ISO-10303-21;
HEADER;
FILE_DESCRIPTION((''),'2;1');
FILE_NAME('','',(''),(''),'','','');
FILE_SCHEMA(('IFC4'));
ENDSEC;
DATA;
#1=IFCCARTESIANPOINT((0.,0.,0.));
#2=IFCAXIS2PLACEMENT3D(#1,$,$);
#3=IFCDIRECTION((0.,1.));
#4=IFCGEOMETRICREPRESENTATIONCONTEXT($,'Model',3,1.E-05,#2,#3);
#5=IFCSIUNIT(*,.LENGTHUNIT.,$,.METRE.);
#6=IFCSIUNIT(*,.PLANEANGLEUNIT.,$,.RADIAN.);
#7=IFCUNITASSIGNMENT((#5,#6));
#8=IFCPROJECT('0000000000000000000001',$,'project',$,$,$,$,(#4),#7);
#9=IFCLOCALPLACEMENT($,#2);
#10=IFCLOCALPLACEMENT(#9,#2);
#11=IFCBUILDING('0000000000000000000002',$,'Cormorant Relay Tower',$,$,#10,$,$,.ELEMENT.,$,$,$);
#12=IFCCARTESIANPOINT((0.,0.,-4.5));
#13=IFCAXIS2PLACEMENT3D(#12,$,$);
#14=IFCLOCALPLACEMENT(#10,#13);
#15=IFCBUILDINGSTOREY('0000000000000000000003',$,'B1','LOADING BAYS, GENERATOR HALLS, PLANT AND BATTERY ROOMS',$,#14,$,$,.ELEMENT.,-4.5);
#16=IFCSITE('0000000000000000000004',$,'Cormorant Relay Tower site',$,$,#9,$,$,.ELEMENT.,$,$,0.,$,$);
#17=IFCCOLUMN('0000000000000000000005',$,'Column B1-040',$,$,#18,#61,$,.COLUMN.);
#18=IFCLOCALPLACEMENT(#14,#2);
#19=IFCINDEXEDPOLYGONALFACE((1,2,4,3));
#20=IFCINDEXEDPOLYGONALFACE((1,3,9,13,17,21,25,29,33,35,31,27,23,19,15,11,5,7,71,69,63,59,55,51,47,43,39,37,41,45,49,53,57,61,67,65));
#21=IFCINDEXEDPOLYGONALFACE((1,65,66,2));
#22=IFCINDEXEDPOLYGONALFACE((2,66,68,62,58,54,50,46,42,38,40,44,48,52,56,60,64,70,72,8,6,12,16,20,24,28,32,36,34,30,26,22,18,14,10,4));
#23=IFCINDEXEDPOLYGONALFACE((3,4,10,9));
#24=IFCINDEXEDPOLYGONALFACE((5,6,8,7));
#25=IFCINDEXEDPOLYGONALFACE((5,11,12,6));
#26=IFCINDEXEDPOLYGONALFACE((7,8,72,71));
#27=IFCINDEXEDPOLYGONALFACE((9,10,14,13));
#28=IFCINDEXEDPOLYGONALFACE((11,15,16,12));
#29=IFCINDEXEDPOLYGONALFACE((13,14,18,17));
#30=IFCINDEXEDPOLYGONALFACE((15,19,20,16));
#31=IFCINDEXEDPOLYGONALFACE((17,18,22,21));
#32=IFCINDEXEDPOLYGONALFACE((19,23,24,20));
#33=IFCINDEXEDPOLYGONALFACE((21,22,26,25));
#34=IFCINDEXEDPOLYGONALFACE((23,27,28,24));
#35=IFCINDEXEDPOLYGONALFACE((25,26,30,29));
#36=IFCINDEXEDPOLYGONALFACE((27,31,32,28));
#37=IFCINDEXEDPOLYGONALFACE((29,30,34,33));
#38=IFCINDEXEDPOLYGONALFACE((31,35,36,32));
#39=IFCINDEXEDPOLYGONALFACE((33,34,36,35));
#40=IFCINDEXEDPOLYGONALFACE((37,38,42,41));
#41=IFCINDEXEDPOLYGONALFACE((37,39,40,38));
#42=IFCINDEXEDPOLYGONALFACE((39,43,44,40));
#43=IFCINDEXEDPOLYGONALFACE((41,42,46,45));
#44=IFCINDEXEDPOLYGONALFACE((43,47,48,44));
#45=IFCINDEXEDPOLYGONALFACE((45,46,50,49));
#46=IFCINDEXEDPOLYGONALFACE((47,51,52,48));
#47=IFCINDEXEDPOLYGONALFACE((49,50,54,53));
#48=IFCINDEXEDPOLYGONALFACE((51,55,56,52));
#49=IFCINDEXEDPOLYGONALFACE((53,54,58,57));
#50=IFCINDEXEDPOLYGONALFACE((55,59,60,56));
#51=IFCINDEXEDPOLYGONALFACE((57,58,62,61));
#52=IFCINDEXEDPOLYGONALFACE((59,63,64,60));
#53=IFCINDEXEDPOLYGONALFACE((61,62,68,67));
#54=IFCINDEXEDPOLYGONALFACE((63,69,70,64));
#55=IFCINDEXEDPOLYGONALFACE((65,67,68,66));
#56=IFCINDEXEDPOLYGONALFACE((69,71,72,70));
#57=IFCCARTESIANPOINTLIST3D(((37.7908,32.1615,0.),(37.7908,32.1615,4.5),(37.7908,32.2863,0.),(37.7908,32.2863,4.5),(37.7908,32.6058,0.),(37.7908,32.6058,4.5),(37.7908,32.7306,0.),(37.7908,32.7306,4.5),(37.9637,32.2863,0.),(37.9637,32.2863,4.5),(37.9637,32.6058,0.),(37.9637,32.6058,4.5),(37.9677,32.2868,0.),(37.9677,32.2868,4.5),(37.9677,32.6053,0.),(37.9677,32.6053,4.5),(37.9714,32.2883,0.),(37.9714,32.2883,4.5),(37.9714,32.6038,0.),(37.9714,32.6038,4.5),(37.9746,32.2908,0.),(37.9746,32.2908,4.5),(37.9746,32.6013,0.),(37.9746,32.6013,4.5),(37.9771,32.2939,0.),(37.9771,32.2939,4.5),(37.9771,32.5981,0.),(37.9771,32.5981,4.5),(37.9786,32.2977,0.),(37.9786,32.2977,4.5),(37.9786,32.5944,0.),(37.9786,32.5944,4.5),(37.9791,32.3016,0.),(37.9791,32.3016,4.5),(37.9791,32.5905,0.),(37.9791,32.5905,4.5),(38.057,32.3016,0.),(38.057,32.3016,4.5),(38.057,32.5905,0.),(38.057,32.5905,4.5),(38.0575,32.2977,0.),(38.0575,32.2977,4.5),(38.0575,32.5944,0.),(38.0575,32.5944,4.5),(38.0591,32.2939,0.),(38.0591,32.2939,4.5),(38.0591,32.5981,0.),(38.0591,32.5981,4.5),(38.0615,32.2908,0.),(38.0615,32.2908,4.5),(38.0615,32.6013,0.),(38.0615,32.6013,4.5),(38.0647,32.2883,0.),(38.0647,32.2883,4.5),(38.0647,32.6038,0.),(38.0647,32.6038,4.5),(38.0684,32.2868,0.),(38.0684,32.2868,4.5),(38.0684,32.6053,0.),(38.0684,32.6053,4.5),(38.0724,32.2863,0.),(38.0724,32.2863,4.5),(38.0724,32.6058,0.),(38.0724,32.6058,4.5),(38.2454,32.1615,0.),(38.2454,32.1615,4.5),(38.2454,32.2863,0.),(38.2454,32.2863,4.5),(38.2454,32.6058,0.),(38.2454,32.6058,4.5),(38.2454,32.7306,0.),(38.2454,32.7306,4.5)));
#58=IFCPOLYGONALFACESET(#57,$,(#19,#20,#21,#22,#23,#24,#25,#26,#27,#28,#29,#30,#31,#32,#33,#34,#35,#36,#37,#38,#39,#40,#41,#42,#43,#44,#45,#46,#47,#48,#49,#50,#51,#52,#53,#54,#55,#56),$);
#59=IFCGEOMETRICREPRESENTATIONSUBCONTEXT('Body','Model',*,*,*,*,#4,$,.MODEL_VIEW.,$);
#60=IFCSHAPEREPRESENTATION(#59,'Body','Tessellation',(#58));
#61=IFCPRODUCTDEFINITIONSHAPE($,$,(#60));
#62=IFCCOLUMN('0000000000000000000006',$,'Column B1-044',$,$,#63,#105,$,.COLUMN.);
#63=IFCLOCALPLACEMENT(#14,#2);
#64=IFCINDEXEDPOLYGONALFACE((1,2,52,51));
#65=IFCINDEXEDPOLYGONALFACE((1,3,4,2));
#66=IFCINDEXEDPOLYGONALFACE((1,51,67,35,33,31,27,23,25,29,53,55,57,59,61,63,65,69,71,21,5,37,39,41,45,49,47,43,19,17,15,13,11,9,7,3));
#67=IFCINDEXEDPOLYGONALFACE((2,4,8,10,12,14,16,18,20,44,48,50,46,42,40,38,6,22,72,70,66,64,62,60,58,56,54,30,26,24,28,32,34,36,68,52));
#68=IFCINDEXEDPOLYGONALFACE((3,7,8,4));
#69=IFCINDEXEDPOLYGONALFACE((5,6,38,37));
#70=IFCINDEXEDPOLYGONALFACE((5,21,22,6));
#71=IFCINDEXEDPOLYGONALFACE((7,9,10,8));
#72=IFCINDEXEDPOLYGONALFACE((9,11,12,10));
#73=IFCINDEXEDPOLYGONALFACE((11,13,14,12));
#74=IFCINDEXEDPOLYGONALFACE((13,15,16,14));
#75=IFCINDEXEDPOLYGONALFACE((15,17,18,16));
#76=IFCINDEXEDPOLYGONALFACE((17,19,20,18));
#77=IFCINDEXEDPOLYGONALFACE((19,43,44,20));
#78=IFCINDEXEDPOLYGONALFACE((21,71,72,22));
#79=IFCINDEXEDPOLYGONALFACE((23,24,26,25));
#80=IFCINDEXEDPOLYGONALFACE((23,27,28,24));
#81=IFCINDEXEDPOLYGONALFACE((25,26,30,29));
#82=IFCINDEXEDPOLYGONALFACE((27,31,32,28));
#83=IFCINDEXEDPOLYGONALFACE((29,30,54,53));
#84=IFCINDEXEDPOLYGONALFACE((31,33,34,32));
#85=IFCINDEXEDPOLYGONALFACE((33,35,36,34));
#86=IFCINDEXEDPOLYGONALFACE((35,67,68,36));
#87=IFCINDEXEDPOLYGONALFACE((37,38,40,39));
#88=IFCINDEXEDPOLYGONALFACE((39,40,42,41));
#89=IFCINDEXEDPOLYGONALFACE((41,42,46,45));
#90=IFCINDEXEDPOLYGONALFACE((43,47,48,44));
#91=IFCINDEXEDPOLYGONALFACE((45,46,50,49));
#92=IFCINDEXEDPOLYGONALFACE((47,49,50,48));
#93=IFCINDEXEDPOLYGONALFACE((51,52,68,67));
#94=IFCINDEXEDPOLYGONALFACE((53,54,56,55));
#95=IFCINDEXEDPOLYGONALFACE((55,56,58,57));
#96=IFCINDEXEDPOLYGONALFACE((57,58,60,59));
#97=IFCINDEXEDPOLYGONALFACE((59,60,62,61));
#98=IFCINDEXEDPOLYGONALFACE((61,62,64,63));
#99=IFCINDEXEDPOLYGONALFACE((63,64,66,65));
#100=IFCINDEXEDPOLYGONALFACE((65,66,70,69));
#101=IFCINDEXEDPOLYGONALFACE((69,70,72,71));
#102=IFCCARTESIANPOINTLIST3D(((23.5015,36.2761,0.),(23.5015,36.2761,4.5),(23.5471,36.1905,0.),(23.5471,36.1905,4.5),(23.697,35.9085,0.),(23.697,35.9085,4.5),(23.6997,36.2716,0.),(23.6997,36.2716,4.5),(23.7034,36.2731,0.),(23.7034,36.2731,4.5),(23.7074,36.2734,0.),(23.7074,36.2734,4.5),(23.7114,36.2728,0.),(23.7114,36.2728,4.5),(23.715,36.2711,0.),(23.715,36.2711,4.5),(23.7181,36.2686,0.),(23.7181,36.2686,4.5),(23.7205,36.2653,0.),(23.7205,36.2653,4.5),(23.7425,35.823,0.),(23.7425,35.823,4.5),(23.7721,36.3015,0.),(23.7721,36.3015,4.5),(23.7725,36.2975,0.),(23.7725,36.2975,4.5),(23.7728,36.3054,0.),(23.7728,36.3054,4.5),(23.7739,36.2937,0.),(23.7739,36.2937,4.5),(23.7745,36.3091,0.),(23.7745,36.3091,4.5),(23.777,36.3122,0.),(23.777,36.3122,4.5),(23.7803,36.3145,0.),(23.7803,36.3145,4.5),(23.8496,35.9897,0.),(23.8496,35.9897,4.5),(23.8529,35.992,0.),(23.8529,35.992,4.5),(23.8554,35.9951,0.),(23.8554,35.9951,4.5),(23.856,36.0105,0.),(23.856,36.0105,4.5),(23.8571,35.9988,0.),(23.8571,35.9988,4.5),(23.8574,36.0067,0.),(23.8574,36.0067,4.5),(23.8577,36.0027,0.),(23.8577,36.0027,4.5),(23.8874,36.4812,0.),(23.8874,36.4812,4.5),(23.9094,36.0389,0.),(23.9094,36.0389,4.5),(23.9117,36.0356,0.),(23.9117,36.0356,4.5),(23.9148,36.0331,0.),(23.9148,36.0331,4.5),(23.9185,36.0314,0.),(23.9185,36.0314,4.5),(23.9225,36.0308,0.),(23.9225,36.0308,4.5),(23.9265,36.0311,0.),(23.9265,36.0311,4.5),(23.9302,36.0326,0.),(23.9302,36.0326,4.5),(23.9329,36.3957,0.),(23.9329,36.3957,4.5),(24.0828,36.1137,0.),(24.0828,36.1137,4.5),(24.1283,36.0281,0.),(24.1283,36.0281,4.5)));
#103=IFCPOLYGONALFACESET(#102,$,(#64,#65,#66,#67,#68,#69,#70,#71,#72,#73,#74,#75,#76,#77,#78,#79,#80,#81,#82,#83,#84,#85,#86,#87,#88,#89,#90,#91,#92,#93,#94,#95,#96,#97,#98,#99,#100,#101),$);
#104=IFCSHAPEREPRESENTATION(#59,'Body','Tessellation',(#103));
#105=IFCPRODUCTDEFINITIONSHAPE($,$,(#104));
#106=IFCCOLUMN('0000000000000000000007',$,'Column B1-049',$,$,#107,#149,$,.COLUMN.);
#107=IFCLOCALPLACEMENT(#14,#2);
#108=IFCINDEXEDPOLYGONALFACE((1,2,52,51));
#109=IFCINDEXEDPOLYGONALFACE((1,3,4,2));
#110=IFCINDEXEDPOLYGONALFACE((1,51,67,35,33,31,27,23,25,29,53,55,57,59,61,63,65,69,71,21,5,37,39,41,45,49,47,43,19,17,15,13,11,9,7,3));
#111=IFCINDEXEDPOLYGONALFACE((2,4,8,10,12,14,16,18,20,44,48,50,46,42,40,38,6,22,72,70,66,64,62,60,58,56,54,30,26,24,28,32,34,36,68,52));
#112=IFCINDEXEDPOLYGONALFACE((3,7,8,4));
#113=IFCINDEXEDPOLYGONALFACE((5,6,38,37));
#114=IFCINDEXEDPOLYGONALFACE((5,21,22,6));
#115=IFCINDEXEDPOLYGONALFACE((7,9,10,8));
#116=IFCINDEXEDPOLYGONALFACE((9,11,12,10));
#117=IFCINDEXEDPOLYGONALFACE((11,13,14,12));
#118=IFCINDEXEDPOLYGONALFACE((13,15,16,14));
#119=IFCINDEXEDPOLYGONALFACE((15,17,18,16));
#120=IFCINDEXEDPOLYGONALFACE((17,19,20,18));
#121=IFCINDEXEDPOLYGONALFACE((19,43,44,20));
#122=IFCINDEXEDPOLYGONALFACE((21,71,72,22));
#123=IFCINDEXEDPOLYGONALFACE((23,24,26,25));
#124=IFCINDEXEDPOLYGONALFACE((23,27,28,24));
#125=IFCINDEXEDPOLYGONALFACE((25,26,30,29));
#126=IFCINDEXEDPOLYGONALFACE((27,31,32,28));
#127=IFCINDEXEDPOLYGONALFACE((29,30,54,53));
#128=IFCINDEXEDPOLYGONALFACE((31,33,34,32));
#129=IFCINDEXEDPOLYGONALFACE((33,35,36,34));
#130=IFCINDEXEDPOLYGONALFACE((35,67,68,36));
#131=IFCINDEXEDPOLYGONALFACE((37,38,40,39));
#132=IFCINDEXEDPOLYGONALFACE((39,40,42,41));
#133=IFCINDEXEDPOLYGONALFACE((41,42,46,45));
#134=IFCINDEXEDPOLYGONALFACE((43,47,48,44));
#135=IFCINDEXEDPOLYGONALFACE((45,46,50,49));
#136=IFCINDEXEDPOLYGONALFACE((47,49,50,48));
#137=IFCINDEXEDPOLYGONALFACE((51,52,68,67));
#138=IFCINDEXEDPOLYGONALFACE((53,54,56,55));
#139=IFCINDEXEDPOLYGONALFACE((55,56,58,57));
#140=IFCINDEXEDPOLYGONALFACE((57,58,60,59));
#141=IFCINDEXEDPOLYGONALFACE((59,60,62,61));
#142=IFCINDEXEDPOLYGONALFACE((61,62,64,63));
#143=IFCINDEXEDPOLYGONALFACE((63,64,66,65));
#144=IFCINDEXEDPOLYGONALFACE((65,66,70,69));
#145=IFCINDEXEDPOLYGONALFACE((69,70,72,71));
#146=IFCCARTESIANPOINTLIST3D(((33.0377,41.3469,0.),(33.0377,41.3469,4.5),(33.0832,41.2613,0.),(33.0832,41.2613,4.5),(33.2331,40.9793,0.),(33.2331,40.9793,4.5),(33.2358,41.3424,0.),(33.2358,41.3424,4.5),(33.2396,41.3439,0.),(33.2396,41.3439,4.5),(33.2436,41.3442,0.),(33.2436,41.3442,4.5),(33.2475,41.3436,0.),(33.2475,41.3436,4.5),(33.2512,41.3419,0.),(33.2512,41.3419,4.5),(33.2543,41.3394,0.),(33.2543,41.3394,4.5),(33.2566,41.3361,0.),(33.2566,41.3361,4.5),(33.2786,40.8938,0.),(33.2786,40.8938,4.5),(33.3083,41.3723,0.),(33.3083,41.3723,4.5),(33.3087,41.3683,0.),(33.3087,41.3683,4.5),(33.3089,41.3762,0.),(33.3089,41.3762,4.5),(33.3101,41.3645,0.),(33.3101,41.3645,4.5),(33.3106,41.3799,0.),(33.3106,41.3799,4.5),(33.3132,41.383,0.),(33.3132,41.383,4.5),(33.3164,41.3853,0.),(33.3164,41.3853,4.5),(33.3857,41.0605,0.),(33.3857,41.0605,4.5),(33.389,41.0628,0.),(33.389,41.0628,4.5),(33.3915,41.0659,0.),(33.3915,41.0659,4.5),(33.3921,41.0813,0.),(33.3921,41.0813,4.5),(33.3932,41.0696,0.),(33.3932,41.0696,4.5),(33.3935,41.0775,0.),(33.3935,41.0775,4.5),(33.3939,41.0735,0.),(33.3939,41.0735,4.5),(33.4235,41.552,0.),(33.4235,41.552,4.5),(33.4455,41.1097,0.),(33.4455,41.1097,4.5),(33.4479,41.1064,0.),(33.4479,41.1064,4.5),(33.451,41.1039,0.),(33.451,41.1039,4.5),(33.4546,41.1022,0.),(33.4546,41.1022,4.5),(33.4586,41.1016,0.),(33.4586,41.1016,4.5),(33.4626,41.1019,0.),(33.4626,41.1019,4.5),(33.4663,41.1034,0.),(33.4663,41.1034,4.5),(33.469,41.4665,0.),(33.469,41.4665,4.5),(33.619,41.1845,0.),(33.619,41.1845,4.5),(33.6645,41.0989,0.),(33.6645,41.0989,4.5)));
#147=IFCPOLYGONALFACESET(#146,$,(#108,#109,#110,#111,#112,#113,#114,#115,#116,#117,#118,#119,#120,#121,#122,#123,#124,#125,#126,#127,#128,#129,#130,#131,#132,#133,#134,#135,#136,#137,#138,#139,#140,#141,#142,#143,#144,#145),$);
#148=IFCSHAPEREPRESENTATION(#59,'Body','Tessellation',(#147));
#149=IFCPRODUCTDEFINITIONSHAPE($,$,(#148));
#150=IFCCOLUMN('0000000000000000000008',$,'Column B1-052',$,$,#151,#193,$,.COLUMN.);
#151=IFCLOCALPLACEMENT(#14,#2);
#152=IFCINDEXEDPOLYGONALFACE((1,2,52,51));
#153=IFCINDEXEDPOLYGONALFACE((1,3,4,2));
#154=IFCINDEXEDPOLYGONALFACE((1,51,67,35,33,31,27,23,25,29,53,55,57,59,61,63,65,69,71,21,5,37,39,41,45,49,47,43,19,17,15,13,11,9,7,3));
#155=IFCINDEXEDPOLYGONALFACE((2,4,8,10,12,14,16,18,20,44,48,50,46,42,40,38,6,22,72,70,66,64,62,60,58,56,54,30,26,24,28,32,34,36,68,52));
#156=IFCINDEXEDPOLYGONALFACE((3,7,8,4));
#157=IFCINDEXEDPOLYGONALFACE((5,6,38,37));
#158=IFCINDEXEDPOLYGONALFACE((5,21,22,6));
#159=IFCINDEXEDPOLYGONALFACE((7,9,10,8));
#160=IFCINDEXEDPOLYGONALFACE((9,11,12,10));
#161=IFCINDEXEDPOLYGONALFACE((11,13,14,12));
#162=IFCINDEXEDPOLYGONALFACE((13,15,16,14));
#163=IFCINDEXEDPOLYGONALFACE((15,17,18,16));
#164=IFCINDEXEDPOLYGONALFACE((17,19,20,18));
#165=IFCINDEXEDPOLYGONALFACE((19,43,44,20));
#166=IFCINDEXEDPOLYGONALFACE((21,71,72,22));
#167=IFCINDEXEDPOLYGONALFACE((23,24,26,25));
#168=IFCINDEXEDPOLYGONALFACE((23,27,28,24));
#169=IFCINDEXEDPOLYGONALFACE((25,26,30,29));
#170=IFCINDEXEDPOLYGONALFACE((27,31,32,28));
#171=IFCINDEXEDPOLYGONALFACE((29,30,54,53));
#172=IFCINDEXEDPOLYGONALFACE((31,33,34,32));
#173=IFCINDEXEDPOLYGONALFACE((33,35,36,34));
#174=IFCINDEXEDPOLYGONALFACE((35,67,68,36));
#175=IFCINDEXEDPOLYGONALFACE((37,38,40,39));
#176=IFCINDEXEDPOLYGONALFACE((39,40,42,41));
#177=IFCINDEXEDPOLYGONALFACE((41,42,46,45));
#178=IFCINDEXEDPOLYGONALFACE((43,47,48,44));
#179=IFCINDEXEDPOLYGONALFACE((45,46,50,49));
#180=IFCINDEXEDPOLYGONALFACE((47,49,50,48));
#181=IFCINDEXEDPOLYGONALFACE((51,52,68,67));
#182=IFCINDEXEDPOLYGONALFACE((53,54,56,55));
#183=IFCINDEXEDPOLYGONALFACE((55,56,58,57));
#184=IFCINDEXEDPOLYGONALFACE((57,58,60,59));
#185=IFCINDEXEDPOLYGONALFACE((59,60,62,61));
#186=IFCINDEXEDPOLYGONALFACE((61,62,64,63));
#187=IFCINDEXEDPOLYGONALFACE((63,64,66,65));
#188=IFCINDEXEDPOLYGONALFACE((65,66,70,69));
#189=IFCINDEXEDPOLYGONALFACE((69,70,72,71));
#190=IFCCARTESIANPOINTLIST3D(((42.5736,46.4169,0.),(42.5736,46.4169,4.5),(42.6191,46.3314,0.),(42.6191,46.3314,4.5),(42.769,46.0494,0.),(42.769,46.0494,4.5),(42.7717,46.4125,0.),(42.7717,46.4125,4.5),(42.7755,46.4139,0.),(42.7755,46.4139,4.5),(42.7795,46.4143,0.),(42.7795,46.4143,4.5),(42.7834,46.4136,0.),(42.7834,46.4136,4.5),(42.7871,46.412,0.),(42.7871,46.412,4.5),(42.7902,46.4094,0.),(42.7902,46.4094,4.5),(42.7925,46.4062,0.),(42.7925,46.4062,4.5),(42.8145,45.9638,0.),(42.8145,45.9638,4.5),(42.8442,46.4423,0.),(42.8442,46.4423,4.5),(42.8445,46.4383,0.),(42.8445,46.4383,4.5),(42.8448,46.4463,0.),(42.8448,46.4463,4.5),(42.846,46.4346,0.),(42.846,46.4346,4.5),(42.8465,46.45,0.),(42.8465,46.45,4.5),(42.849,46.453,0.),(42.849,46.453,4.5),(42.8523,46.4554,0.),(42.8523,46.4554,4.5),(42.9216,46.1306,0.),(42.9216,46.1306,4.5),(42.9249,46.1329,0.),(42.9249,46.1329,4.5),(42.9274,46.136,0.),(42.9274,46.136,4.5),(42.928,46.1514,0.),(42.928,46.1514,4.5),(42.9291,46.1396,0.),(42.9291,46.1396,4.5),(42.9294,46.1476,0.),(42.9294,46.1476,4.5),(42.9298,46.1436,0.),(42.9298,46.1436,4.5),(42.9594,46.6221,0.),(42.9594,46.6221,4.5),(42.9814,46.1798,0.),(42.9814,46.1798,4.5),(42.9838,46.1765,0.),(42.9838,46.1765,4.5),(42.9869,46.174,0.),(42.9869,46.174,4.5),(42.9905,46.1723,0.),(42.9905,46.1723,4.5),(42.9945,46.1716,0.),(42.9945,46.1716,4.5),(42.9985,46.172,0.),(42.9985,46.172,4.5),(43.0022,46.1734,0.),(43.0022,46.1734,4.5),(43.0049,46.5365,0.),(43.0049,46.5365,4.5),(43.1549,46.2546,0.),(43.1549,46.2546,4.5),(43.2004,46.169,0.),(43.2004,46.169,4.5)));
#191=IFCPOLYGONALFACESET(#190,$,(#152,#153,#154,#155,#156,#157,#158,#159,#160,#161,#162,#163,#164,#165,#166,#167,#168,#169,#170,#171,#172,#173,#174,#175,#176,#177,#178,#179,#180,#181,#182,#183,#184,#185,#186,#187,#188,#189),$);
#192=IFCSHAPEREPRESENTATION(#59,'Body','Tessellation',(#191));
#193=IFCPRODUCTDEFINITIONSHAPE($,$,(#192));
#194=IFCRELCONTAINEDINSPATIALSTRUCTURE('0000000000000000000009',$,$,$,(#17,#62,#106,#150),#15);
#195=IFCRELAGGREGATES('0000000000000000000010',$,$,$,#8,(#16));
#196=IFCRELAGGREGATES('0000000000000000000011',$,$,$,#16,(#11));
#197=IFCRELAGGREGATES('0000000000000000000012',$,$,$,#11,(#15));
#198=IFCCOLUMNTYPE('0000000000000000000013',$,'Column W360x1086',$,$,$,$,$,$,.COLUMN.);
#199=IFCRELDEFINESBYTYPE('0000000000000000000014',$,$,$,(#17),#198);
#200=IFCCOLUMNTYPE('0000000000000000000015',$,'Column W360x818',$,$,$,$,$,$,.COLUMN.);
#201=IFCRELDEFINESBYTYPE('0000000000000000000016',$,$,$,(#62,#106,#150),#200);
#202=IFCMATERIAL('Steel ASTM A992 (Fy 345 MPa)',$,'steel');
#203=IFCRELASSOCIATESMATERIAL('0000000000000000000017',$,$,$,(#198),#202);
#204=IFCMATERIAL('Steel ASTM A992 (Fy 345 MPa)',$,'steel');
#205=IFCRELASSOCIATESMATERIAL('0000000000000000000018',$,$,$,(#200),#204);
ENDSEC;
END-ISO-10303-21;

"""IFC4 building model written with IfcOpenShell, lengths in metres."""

from ifc_helpers import new_model, si_unit, direction, frame, origin, origin_2d, place, context, subcontext, project, spatial, i_section, extrude, material, material_profile, profile_set, type_object, element, save


model = new_model("IFC4")

# Units and contexts
model_context = context("Model", 3, precision=1e-05, world=origin(), true_north=direction((0.0, 1.0)))
body_context = subcontext(model_context, "Body", "Model", "MODEL_VIEW")
ifc_project = project(units=[si_unit("LENGTHUNIT", "METRE"), si_unit("PLANEANGLEUNIT", "RADIAN")], contexts=[model_context])

# Site, building, storey
site_placement = place(None, origin())
site = spatial("IfcSite", under=ifc_project, at=site_placement, Name="Cormorant Relay Tower site", CompositionType="ELEMENT", RefElevation=0.0)
building_placement = place(site_placement, origin())
building = spatial("IfcBuilding", under=site, at=building_placement, Name="Cormorant Relay Tower", CompositionType="ELEMENT")
storey_placement = place(building_placement, frame((0.0, 0.0, -4.5)))
storey = spatial("IfcBuildingStorey", under=building, at=storey_placement, Name="B1", Description="LOADING BAYS, GENERATOR HALLS, PLANT AND BATTERY ROOMS", CompositionType="ELEMENT", Elevation=-4.5)

# Columns
ifc_material_1 = material(Name="Steel ASTM A992 (Fy 345 MPa)", Category="steel")
ifc_material_profile_1 = material_profile(ifc_material_1, i_section(OverallWidth=0.4546, OverallDepth=0.5691, WebThickness=0.0779, FlangeThickness=0.1248, FilletRadius=0.0154, at=origin_2d()), Name="W360x1086")
ifc_profile_set_1 = profile_set([ifc_material_profile_1], Name="Steel ASTM A992 (Fy 345 MPa)")
column_type_1 = type_object("IfcColumnType", Name="Column W360x1086", PredefinedType="COLUMN", material=ifc_profile_set_1)
for number, where, z_axis, x_axis, name in (
    (1, (38.0181, 32.446, 0.0), (0.0, 0.0, 1.0), (1.0, 0.0, 0.0), "Column B1-040"),
):
    element("IfcColumn", number, at=place(storey_placement, frame(where, z_axis=z_axis, x_axis=x_axis)), inside=storey, type_object=column_type_1, Name=name, PredefinedType="COLUMN", context=body_context, shape_type="SweptSolid", body=[
        extrude(i_section(OverallWidth=0.4546, OverallDepth=0.5691, WebThickness=0.0779, FlangeThickness=0.1248, FilletRadius=0.0154, at=origin_2d()), origin(), (0.0, 0.0, 1.0), 4.5),
    ])
ifc_material_2 = material(Name="Steel ASTM A992 (Fy 345 MPa)", Category="steel")
ifc_material_profile_2 = material_profile(ifc_material_2, i_section(OverallWidth=0.437, OverallDepth=0.5132, WebThickness=0.0605, FlangeThickness=0.0969, FilletRadius=0.0154, at=origin_2d()), Name="W360x818")
ifc_profile_set_2 = profile_set([ifc_material_profile_2], Name="Steel ASTM A992 (Fy 345 MPa)")
column_type_2 = type_object("IfcColumnType", Name="Column W360x818", PredefinedType="COLUMN", material=ifc_profile_set_2)
for number, where, z_axis, x_axis, name in (
    (2, (23.8149, 36.1521, 0.0), (0.0, 0.0, 1.0), (-0.882948, -0.469472, 0.0), "Column B1-044"),
    (3, (33.3511, 41.2229, 0.0), (0.0, 0.0, 1.0), (-0.882948, -0.469472, 0.0), "Column B1-049"),
    (4, (42.887, 46.293, 0.0), (0.0, 0.0, 1.0), (-0.882948, -0.469472, 0.0), "Column B1-052"),
):
    element("IfcColumn", number, at=place(storey_placement, frame(where, z_axis=z_axis, x_axis=x_axis)), inside=storey, type_object=column_type_2, Name=name, PredefinedType="COLUMN", context=body_context, shape_type="SweptSolid", body=[
        extrude(i_section(OverallWidth=0.437, OverallDepth=0.5132, WebThickness=0.0605, FlangeThickness=0.0969, FilletRadius=0.0154, at=origin_2d()), origin(), (0.0, 0.0, 1.0), 4.5),
    ])

save(model, "model.ifc")
